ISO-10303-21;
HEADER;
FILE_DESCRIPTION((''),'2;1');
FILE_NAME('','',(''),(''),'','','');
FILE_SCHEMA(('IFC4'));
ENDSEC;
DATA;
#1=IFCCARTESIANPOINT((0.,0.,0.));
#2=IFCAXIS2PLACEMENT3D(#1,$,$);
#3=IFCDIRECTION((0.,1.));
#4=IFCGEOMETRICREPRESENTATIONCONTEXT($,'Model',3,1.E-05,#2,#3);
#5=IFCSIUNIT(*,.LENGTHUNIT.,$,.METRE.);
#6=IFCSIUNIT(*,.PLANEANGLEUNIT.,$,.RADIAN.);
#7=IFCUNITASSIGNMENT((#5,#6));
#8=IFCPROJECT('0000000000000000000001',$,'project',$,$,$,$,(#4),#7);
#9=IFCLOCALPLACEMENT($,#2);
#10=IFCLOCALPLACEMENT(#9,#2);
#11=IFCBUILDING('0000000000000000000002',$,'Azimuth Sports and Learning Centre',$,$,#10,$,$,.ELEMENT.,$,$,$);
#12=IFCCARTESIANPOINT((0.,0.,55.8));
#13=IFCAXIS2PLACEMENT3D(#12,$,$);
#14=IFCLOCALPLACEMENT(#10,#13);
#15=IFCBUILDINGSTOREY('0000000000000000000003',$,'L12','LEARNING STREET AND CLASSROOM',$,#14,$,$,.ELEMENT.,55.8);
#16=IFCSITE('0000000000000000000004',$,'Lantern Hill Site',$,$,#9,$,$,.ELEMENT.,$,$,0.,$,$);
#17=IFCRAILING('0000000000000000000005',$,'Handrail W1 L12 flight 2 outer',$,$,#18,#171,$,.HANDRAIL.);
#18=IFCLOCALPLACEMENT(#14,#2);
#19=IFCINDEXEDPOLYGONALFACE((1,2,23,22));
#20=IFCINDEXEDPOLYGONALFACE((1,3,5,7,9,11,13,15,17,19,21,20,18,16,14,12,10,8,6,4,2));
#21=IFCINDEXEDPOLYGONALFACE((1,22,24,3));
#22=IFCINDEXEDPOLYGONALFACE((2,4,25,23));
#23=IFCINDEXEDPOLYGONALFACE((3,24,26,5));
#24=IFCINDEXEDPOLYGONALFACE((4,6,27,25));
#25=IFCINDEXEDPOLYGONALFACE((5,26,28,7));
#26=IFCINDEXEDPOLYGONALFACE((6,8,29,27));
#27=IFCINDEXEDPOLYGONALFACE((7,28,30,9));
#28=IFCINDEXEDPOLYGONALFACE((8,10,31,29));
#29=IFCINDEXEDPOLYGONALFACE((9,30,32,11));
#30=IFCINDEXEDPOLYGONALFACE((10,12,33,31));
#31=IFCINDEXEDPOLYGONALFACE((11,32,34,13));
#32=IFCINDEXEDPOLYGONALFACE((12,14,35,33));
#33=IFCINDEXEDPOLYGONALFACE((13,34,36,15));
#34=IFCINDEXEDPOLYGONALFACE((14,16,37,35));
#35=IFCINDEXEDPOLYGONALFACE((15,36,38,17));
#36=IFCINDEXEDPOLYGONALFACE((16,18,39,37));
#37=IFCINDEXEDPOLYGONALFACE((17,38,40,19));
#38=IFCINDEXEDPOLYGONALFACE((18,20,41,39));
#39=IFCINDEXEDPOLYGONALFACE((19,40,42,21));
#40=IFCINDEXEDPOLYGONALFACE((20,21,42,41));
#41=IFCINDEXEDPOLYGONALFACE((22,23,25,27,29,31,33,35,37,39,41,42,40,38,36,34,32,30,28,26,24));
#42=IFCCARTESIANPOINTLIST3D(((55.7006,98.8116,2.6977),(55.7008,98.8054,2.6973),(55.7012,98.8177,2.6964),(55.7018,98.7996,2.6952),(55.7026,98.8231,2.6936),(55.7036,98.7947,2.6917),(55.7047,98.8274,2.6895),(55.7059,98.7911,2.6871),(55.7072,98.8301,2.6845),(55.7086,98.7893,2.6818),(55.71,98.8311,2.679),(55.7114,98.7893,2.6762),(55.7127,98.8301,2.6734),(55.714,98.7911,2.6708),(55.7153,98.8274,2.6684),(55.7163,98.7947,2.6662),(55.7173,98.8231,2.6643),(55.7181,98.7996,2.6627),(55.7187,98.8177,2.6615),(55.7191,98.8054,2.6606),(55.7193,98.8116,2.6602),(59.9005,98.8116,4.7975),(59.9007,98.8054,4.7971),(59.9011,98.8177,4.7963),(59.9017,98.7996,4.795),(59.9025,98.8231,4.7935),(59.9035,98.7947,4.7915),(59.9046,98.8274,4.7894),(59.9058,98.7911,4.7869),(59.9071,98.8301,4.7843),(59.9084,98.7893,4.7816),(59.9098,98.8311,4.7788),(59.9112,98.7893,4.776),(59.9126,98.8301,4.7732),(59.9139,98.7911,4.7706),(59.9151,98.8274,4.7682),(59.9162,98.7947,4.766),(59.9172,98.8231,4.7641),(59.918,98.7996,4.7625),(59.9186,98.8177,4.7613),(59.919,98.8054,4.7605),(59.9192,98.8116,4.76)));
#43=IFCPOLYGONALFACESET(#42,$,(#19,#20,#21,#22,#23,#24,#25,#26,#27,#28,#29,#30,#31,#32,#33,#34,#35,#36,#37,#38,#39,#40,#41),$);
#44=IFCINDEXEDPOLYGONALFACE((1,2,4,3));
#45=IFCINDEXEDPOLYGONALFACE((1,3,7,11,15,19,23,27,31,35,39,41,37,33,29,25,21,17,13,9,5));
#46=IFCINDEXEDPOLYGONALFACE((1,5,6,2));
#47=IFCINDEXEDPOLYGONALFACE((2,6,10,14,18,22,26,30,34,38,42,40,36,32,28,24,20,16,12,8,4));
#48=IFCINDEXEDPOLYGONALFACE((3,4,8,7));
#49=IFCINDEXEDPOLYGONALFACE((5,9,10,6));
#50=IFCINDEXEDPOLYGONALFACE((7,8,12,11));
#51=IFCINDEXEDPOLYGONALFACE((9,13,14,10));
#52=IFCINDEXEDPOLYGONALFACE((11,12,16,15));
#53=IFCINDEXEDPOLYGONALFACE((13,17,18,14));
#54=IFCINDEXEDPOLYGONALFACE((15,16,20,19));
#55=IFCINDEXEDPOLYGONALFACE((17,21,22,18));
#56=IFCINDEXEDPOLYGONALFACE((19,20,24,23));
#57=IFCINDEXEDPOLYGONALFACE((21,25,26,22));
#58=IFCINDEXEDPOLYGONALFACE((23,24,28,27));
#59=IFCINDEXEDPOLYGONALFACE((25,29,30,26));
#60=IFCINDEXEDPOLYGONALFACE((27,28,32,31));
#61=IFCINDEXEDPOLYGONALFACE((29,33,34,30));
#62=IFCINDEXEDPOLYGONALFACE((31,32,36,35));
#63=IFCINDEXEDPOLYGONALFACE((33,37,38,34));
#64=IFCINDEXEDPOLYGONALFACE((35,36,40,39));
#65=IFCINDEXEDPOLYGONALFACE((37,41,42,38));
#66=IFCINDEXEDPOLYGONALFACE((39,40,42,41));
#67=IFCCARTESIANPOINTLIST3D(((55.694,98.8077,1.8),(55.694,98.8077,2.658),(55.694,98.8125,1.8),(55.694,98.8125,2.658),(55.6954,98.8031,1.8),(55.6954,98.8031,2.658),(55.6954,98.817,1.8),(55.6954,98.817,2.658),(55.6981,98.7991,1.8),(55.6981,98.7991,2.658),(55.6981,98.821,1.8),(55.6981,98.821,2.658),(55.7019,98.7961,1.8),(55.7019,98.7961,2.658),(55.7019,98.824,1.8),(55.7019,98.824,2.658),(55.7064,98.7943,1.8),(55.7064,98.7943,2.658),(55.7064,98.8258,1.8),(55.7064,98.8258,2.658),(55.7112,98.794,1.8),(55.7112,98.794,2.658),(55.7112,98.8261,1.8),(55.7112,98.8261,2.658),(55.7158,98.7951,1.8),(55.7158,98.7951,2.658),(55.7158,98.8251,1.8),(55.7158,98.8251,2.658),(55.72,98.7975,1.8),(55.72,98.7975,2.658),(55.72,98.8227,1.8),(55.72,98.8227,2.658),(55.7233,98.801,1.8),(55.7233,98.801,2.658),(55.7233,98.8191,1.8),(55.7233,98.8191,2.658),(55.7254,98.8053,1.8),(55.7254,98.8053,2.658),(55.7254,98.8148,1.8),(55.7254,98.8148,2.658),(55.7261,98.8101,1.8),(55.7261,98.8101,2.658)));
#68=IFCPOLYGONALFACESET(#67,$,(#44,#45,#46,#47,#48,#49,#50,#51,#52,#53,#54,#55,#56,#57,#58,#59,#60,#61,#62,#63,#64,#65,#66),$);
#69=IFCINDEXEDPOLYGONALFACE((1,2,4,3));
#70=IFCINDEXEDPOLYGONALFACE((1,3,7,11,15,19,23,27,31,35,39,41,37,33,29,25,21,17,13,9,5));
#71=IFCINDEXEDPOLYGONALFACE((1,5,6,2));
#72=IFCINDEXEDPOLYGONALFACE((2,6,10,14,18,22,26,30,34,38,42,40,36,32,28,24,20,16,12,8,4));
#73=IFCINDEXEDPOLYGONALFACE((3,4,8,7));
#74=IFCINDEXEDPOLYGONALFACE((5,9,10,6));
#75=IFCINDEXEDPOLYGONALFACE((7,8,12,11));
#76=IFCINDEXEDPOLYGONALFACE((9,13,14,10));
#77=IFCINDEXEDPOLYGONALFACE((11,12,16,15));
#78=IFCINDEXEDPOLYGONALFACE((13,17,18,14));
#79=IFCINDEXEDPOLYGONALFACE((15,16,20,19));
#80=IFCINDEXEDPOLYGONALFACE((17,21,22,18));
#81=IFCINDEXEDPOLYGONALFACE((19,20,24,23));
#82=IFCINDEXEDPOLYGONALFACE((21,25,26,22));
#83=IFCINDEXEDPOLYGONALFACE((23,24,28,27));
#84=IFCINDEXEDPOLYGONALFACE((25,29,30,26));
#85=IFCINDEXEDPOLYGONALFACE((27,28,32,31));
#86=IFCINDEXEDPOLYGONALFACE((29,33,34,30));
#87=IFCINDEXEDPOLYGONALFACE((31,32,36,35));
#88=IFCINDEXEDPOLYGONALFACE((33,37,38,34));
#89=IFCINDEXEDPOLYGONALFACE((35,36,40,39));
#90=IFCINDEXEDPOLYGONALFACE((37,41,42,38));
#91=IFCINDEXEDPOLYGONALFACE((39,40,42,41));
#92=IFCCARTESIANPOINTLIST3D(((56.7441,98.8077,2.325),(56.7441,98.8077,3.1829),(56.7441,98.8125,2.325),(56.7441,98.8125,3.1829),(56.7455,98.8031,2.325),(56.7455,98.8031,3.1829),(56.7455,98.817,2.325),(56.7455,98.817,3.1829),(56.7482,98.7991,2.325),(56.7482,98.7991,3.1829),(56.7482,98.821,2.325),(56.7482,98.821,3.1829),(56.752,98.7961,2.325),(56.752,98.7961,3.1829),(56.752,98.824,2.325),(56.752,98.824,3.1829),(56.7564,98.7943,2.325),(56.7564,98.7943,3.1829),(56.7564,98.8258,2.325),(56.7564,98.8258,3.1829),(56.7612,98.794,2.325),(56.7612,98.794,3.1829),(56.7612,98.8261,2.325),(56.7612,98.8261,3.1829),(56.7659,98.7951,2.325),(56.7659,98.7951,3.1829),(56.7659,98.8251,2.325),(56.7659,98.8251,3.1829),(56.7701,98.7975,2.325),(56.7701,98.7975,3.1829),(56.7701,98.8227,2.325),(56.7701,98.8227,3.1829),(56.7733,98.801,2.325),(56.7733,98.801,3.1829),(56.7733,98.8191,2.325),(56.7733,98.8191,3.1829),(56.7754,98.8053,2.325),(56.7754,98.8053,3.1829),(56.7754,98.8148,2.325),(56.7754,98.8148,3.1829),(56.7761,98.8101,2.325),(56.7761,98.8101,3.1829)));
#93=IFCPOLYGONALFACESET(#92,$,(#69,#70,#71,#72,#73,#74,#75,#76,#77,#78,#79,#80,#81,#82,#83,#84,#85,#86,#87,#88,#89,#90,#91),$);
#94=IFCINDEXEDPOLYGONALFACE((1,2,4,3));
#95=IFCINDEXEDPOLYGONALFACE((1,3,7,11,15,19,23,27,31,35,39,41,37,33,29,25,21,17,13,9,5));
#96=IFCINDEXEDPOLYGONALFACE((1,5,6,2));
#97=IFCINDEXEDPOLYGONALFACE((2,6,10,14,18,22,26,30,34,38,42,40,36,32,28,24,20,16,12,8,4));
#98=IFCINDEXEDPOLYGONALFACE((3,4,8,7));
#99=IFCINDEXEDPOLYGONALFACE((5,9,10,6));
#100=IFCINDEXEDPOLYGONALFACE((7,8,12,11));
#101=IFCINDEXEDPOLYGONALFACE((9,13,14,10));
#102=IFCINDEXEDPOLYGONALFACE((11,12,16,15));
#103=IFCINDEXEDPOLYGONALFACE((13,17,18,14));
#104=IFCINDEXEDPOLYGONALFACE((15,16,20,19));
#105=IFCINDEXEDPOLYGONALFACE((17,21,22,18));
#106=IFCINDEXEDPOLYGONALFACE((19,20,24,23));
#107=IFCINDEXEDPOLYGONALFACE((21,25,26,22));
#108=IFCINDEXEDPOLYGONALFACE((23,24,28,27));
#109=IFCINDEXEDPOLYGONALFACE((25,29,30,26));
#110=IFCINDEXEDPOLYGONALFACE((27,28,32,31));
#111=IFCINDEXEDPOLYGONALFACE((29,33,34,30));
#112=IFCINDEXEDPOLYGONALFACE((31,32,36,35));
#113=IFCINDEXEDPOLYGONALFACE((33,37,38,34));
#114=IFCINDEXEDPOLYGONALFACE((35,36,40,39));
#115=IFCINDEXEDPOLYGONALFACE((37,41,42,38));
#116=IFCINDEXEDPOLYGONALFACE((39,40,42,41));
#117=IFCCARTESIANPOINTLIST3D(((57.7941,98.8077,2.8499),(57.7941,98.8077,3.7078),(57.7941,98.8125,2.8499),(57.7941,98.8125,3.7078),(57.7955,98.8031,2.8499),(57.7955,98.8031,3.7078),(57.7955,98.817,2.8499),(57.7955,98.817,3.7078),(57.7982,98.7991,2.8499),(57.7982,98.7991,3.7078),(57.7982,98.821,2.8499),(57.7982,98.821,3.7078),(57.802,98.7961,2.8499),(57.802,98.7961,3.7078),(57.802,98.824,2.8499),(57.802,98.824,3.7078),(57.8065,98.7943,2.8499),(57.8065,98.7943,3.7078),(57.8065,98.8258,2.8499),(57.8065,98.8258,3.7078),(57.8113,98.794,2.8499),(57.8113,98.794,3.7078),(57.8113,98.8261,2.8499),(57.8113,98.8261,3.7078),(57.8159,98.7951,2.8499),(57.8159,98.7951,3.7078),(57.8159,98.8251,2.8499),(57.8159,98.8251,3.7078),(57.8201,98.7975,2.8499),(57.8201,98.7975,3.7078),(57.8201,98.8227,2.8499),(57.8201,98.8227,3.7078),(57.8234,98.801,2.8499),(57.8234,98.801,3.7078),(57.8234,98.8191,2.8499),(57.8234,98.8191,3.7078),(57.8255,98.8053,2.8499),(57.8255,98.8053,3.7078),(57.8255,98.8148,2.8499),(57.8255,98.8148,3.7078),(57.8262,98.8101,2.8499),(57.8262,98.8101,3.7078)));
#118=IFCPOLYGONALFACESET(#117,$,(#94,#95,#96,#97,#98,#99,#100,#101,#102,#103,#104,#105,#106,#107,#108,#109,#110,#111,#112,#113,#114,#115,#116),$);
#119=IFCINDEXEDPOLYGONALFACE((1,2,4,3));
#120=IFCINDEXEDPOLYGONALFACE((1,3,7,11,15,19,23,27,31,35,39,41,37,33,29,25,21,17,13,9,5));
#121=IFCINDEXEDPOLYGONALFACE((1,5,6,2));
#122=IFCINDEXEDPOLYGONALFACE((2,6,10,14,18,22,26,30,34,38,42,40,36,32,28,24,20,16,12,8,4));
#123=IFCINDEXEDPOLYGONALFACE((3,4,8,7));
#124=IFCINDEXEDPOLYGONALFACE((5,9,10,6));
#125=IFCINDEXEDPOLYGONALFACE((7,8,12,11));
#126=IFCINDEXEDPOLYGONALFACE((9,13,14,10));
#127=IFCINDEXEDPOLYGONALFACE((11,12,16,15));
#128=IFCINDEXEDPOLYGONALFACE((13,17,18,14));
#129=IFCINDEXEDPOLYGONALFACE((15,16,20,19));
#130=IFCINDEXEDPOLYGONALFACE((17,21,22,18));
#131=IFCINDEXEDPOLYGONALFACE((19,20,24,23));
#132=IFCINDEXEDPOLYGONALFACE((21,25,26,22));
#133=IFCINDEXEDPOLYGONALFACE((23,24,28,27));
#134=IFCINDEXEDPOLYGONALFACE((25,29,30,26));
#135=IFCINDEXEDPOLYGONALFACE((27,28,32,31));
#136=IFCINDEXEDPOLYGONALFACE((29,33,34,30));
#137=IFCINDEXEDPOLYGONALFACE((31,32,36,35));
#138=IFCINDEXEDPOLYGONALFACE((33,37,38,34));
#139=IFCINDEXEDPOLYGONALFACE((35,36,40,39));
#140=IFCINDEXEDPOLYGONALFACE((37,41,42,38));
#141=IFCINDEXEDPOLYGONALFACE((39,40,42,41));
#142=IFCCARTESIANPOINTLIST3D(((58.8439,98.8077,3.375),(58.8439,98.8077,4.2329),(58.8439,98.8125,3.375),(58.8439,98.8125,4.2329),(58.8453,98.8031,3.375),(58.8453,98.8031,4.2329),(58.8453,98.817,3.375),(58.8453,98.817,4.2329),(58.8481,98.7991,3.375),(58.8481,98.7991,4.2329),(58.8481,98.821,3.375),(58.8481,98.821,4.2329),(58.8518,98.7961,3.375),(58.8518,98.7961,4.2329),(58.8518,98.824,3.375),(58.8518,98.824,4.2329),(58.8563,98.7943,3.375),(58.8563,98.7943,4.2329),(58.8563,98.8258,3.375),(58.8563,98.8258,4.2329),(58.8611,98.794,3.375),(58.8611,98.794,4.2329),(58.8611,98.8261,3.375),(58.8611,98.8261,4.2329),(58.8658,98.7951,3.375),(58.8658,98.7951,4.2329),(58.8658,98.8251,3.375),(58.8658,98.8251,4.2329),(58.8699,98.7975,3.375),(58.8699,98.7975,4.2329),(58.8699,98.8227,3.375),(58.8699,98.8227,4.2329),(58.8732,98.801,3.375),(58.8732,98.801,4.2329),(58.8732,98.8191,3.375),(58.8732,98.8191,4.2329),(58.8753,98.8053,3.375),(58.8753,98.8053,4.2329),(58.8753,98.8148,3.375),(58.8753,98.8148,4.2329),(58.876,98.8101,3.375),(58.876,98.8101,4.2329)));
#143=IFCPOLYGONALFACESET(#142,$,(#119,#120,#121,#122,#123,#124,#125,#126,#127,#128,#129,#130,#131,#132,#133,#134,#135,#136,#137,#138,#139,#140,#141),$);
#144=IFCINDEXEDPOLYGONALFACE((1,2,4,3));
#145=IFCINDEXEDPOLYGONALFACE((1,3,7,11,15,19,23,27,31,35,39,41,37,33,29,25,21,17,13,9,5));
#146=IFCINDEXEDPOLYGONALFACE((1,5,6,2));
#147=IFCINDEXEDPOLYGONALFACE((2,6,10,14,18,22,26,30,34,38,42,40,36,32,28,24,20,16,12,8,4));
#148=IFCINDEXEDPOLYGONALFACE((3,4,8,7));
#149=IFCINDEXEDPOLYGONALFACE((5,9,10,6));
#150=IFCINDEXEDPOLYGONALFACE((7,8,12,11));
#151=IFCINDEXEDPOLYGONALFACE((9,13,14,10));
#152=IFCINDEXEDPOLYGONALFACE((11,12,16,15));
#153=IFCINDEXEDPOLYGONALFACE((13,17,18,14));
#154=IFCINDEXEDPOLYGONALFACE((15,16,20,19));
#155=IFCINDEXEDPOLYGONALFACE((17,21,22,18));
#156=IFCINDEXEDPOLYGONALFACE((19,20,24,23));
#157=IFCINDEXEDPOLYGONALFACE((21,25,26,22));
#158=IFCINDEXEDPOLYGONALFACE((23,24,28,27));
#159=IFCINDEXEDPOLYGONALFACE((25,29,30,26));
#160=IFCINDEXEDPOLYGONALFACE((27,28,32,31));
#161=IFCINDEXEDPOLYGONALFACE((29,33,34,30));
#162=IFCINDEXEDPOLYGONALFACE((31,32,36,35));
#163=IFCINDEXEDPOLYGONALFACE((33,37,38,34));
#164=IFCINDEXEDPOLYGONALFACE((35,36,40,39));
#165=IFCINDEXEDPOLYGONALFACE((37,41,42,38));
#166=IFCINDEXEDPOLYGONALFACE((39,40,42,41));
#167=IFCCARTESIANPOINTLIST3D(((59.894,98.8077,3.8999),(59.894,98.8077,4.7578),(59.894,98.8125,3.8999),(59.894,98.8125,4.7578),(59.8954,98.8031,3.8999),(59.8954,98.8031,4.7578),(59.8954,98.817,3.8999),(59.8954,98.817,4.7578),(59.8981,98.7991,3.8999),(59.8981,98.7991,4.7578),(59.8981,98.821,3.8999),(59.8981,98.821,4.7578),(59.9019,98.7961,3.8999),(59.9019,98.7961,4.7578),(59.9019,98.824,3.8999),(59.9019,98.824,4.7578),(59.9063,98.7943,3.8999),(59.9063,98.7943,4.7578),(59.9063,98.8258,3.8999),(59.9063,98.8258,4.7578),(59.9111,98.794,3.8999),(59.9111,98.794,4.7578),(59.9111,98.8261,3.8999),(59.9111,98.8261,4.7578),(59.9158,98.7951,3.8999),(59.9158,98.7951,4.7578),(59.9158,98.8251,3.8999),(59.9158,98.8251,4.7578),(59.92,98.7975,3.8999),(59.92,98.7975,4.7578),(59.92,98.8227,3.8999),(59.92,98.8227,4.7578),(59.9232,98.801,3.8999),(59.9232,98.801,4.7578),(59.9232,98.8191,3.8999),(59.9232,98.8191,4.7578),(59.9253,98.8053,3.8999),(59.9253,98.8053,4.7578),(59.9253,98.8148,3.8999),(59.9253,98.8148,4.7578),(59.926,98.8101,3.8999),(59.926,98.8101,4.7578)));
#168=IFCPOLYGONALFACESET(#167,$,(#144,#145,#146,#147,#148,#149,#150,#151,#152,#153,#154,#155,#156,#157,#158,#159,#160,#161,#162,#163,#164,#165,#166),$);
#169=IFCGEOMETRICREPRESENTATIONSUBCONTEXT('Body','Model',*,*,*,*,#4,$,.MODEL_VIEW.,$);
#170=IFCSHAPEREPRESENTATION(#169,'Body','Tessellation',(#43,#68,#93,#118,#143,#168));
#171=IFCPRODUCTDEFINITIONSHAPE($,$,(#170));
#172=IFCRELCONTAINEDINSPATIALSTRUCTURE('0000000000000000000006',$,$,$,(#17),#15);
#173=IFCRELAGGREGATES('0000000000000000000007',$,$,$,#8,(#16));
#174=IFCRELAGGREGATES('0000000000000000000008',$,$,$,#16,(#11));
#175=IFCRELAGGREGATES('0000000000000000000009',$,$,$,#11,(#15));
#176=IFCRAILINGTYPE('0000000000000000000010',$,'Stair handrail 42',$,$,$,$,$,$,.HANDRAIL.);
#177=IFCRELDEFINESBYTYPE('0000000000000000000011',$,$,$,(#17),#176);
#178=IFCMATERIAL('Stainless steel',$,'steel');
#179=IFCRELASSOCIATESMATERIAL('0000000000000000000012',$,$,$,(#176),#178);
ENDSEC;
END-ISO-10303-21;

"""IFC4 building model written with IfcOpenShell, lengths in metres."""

from ifc_helpers import new_model, si_unit, direction, frame, origin, origin_2d, place, context, subcontext, project, spatial, circle, extrude, material, type_object, element, save


model = new_model("IFC4")

# Units and contexts
model_context = context("Model", 3, precision=1e-05, world=origin(), true_north=direction((0.0, 1.0)))
body_context = subcontext(model_context, "Body", "Model", "MODEL_VIEW")
ifc_project = project(units=[si_unit("LENGTHUNIT", "METRE"), si_unit("PLANEANGLEUNIT", "RADIAN")], contexts=[model_context])

# Site, building, storey
site_placement = place(None, origin())
site = spatial("IfcSite", under=ifc_project, at=site_placement, Name="Lantern Hill Site", CompositionType="ELEMENT", RefElevation=0.0)
building_placement = place(site_placement, origin())
building = spatial("IfcBuilding", under=site, at=building_placement, Name="Azimuth Sports and Learning Centre", CompositionType="ELEMENT")
storey_placement = place(building_placement, frame((0.0, 0.0, 55.8)))
storey = spatial("IfcBuildingStorey", under=building, at=storey_placement, Name="L12", Description="LEARNING STREET AND CLASSROOM", CompositionType="ELEMENT", Elevation=55.8)

# Railing
ifc_material_1 = material(Name="Stainless steel", Category="steel")
railing_type_1 = type_object("IfcRailingType", Name="Stair handrail 42", PredefinedType="HANDRAIL", material=ifc_material_1)
for number, where, name in (
    (1, (55.71, 98.8101, 1.8), "Handrail W1 L12 flight 2 outer"),
):
    element("IfcRailing", number, at=place(storey_placement, frame(where)), inside=storey, type_object=railing_type_1, Name=name, PredefinedType="HANDRAIL", context=body_context, shape_type="SweptSolid", body=[
        extrude(circle(Radius=0.021, at=origin_2d()), frame((0.0, 0.0, 0.8789), z_axis=(0.894438, 0.0, 0.447193), x_axis=(0.0, 1.0, 0.0)), (0.0, 0.0, 1.0), 4.6956),
        extrude(circle(Radius=0.0161, at=origin_2d()), origin(), (0.0, 0.0, 1.0), 0.8579),
        extrude(circle(Radius=0.0161, at=origin_2d()), frame((1.05, 0.0, 0.5249)), (0.0, 0.0, 1.0), 0.8579),
        extrude(circle(Radius=0.0161, at=origin_2d()), frame((2.1001, 0.0, 1.0498)), (0.0, 0.0, 1.0), 0.8579),
        extrude(circle(Radius=0.0161, at=origin_2d()), frame((3.1499, 0.0, 1.575)), (0.0, 0.0, 1.0), 0.8579),
        extrude(circle(Radius=0.0161, at=origin_2d()), frame((4.2, 0.0, 2.0999)), (0.0, 0.0, 1.0), 0.8579),
    ])

save(model, "model.ifc")
